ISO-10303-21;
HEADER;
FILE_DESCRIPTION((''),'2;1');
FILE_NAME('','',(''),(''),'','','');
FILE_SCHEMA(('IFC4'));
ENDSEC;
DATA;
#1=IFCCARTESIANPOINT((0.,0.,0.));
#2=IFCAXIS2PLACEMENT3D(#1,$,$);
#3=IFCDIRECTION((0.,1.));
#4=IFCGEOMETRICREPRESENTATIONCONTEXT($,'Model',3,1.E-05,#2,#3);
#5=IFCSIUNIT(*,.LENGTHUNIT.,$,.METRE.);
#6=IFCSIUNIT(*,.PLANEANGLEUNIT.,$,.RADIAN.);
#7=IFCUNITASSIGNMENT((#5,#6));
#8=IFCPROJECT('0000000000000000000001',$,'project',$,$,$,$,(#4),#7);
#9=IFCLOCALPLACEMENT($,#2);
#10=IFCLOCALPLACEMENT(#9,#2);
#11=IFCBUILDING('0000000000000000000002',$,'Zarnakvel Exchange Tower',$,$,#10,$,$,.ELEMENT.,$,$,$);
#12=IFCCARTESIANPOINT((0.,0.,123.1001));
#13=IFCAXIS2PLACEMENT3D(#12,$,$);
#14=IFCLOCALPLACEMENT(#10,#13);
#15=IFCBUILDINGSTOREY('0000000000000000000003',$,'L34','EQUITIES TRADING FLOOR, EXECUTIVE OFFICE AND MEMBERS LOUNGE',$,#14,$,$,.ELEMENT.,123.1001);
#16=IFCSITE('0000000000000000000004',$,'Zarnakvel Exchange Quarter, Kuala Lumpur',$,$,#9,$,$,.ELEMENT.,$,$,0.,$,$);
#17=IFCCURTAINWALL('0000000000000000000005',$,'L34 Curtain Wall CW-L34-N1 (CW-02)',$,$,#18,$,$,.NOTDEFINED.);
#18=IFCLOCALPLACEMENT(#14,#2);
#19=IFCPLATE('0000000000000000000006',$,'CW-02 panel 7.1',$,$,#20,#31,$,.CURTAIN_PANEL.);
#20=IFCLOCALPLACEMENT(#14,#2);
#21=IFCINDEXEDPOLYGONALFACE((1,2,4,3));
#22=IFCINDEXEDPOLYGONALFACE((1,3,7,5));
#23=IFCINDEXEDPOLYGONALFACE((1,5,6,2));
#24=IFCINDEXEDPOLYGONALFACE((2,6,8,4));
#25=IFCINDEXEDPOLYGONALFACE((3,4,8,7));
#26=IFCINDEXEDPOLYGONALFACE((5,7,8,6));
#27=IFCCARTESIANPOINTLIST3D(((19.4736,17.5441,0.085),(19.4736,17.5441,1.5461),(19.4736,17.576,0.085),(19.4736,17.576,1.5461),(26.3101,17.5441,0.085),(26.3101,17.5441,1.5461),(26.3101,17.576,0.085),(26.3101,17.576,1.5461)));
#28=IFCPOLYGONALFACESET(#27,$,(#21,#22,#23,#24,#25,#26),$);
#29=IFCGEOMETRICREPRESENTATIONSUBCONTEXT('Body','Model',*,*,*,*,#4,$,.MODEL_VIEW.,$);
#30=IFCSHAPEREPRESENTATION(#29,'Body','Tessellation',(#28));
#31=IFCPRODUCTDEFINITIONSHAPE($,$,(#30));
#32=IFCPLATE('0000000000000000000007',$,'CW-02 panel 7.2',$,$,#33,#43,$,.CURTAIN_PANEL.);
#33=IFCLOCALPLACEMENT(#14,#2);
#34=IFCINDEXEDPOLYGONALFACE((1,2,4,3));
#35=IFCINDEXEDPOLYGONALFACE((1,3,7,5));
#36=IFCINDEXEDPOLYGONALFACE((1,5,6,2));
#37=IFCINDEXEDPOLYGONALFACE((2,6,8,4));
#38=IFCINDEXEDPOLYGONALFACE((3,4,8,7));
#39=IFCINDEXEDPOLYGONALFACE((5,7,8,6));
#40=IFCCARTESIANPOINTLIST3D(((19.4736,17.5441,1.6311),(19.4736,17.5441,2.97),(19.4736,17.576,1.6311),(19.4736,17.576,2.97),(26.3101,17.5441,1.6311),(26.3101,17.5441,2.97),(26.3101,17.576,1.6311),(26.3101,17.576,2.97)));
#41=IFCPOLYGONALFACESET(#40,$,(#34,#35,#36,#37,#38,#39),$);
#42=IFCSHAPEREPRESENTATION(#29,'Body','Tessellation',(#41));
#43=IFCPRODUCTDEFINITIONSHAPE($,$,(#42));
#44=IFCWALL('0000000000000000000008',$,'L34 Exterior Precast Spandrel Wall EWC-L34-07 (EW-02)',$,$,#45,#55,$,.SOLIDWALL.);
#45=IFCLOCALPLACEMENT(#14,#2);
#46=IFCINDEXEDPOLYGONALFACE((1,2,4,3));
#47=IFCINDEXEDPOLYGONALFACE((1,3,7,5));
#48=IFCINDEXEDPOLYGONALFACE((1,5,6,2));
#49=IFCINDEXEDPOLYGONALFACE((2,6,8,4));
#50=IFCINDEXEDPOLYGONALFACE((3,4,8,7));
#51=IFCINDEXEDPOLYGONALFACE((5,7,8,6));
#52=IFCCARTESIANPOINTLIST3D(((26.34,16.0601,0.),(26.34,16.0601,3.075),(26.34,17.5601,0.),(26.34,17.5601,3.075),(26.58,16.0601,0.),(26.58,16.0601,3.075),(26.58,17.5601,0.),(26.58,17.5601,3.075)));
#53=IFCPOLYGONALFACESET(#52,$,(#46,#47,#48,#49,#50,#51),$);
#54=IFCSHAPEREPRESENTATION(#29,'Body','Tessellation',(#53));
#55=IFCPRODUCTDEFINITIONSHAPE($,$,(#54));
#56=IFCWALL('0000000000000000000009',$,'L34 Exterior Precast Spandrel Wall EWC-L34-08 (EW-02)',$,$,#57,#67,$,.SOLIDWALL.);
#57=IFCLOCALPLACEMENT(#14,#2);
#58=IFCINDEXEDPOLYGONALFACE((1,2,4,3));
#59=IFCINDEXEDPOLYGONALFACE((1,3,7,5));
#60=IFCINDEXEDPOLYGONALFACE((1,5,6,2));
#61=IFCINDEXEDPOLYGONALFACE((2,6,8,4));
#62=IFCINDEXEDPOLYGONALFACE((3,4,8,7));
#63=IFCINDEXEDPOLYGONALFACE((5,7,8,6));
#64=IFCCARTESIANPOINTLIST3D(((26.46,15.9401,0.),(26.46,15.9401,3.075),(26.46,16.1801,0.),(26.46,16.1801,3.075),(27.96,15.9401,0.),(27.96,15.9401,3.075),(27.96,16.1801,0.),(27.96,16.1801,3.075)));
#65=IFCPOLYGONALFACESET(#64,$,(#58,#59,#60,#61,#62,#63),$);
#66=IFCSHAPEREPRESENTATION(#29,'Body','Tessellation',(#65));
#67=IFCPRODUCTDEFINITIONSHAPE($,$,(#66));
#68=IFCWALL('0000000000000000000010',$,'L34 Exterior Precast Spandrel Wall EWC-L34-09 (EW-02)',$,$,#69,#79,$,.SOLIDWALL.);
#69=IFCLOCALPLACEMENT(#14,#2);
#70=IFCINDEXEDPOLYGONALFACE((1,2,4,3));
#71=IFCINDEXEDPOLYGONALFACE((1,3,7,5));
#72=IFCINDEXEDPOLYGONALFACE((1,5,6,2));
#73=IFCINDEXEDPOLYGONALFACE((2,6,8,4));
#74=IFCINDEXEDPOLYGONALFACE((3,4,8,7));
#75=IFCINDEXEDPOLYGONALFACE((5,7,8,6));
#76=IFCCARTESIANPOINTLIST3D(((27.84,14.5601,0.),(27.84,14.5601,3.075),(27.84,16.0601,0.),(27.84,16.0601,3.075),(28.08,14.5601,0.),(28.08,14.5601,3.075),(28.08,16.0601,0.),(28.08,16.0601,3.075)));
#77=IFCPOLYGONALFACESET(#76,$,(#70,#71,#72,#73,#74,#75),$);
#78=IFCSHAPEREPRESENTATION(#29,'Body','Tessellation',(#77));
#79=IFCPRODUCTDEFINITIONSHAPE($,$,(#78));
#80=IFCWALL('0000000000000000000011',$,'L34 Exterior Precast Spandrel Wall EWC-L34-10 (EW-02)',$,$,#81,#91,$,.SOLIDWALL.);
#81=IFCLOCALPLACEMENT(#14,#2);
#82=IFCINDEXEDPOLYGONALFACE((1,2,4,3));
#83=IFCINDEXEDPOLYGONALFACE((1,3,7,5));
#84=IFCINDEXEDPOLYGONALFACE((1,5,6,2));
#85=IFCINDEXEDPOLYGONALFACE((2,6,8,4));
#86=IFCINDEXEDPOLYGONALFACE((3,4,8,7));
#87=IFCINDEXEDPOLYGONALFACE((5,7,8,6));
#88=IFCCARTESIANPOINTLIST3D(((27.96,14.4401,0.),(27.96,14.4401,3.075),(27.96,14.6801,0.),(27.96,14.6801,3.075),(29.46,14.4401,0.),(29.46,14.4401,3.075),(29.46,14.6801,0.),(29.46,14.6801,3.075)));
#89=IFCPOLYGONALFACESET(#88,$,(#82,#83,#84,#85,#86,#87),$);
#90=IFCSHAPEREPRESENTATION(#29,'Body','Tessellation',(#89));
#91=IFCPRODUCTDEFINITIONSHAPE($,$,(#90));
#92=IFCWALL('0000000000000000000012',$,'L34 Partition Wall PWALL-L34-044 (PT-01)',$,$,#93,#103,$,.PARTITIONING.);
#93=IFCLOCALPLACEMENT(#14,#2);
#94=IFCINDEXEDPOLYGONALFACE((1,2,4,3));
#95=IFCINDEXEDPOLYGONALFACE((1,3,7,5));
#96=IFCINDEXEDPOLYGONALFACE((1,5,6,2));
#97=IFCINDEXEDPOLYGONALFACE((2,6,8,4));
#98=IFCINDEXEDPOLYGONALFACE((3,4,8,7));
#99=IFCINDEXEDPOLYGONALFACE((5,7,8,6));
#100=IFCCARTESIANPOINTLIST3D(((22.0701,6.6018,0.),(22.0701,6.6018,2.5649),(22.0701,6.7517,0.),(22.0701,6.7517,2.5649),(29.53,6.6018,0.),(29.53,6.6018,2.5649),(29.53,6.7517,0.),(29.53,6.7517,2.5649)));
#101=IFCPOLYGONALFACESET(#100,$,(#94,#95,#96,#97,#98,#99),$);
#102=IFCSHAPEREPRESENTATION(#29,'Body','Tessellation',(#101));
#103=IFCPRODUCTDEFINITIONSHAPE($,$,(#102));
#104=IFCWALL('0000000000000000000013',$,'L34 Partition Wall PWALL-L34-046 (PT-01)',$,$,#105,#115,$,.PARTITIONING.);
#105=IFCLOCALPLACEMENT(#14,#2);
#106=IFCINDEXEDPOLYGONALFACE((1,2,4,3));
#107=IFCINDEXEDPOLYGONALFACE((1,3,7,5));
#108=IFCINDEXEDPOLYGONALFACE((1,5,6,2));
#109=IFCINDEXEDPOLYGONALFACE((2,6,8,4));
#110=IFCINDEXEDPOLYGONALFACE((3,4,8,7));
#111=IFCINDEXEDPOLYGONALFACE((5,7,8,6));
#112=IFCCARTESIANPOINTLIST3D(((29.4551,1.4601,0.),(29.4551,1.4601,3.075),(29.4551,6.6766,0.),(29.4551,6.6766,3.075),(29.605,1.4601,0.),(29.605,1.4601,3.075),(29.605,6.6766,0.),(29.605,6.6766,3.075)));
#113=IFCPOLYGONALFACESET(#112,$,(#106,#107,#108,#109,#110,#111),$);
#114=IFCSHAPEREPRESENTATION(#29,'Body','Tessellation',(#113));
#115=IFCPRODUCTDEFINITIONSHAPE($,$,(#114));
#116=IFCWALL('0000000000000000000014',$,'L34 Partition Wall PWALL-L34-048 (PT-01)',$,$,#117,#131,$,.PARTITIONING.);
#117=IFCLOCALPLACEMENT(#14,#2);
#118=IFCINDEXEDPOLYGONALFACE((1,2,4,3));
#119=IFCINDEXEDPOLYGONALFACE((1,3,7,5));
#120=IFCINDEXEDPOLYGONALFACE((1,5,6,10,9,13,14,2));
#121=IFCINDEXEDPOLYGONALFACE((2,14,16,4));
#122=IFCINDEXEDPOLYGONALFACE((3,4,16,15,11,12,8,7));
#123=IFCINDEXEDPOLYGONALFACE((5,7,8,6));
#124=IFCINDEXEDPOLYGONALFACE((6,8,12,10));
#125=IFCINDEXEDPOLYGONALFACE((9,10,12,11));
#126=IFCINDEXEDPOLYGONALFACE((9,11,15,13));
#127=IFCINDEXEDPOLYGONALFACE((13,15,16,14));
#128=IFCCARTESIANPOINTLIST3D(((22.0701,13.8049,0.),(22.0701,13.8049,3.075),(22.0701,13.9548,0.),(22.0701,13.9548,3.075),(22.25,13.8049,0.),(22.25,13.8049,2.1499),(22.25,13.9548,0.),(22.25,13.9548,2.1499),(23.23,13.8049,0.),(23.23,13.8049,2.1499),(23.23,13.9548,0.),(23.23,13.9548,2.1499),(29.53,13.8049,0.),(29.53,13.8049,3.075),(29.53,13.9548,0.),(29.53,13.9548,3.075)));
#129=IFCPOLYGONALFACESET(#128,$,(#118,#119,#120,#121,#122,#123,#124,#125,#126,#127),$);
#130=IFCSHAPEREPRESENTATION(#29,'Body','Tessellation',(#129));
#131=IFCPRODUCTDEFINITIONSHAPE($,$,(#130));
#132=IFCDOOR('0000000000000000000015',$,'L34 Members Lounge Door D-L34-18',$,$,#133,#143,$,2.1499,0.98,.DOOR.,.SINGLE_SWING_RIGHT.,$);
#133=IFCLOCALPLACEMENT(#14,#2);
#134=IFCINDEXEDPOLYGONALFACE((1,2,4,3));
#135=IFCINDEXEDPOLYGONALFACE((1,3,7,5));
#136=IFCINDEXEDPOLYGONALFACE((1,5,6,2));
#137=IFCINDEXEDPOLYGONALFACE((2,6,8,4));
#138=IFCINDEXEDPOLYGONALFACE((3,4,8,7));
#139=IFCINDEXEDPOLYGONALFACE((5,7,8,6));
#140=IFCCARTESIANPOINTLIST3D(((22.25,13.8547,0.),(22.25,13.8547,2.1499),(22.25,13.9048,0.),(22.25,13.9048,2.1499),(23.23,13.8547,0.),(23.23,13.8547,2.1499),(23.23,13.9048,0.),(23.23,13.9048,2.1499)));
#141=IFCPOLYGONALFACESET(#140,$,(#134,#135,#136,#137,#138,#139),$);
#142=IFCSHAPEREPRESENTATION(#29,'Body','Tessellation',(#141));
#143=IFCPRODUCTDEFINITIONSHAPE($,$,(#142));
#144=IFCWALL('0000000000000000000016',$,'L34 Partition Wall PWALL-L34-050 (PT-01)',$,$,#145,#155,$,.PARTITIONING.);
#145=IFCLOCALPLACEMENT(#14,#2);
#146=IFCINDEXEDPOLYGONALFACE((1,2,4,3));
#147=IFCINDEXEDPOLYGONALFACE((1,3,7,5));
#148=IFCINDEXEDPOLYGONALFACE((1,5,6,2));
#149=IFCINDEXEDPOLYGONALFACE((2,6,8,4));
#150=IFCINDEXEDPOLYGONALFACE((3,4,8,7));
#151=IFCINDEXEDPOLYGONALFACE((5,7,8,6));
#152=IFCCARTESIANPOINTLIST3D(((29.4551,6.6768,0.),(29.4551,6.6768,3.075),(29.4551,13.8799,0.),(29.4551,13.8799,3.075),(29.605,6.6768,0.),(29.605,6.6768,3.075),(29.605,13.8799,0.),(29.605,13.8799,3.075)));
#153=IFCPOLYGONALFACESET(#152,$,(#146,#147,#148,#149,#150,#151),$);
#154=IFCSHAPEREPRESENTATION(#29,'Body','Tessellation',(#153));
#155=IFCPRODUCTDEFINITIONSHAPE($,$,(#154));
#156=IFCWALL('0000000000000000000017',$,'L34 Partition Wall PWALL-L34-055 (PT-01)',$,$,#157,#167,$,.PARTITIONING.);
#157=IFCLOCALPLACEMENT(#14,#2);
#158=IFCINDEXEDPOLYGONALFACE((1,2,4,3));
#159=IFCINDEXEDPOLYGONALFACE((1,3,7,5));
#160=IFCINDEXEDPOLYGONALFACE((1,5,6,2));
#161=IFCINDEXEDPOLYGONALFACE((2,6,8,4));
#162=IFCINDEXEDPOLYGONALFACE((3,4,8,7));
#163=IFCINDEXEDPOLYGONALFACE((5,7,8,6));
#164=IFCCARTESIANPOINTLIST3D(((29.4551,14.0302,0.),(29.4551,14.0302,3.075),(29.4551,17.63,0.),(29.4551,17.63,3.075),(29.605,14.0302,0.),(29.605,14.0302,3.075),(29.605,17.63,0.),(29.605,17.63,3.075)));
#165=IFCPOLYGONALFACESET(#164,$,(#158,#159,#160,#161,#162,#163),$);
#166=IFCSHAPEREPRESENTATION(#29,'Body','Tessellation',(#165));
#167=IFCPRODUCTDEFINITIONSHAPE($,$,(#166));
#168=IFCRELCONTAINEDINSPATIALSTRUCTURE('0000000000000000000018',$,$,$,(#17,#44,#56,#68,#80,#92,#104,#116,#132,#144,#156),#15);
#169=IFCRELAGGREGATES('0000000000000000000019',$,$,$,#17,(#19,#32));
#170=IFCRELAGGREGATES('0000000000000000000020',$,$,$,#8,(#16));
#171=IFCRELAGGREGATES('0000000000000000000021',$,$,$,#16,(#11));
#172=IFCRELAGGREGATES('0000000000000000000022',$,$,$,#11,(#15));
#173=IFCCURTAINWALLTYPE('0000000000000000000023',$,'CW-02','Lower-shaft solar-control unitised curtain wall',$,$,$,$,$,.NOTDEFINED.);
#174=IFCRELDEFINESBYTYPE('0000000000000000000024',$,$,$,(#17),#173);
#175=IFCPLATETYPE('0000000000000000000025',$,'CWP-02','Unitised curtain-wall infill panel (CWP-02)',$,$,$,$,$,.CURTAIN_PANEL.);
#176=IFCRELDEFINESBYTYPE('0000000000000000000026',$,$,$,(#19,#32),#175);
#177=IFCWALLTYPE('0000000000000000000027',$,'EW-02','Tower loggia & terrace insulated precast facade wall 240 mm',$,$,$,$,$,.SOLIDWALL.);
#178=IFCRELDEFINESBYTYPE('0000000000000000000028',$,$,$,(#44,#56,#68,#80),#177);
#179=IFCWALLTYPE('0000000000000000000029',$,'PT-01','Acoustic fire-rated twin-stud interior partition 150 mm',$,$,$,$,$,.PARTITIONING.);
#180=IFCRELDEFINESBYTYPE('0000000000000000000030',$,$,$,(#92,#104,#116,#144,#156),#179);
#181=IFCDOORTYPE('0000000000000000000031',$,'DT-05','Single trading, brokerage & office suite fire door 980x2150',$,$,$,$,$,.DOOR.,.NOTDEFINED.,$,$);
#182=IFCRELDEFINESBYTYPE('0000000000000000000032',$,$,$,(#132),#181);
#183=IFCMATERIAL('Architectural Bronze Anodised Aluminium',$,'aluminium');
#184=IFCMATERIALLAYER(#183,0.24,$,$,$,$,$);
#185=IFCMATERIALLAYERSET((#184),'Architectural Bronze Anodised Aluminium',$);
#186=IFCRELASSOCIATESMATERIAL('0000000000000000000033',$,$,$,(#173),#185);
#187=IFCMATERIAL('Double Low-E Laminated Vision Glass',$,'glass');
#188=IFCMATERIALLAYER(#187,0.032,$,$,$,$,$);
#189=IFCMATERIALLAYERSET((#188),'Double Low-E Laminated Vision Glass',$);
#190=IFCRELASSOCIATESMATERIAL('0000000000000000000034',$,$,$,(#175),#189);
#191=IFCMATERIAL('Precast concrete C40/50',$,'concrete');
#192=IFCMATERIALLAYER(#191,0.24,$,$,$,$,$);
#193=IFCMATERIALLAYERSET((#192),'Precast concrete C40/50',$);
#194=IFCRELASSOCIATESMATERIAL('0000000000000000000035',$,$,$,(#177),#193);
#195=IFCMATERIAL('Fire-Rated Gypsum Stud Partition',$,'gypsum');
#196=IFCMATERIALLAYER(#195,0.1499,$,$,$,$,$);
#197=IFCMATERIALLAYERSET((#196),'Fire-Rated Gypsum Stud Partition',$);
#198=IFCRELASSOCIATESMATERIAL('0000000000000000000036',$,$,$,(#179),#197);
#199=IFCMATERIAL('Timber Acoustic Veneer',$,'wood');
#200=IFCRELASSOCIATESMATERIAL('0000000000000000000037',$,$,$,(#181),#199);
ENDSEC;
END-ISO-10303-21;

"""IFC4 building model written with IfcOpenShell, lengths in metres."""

from ifc_helpers import new_model, si_unit, direction, frame, frame_2d, origin, origin_2d, place, context, subcontext, project, spatial, rectangle, extrude, source, transform, mapped, material, layer, layer_set, type_object, element, fill, aggregate, save


model = new_model("IFC4")

# Units and contexts
model_context = context("Model", 3, precision=1e-05, world=origin(), true_north=direction((0.0, 1.0)))
body_context = subcontext(model_context, "Body", "Model", "MODEL_VIEW")
ifc_project = project(units=[si_unit("LENGTHUNIT", "METRE"), si_unit("PLANEANGLEUNIT", "RADIAN")], contexts=[model_context])

# Site, building, storey
site_placement = place(None, origin())
site = spatial("IfcSite", under=ifc_project, at=site_placement, Name="Zarnakvel Exchange Quarter, Kuala Lumpur", CompositionType="ELEMENT", RefElevation=0.0)
building_placement = place(site_placement, origin())
building = spatial("IfcBuilding", under=site, at=building_placement, Name="Zarnakvel Exchange Tower", CompositionType="ELEMENT")
storey_placement = place(building_placement, frame((0.0, 0.0, 123.1001)))
storey = spatial("IfcBuildingStorey", under=building, at=storey_placement, Name="L34", Description="EQUITIES TRADING FLOOR, EXECUTIVE OFFICE AND MEMBERS LOUNGE", CompositionType="ELEMENT", Elevation=123.1001)

# Curtain wall
ifc_material_1 = material(Name="Architectural Bronze Anodised Aluminium", Category="aluminium")
ifc_layer_1 = layer(ifc_material_1, 0.24)
ifc_layer_set_1 = layer_set([ifc_layer_1], Name="Architectural Bronze Anodised Aluminium")
curtain_wall_type_1 = type_object("IfcCurtainWallType", Name="CW-02", Description="Lower-shaft solar-control unitised curtain wall", PredefinedType="NOTDEFINED", material=ifc_layer_set_1)
curtain_wall_1_placement = place(storey_placement, origin())
curtain_wall_1 = element("IfcCurtainWall", 1, at=curtain_wall_1_placement, inside=storey, type_object=curtain_wall_type_1, Name="L34 Curtain Wall CW-L34-N1 (CW-02)", PredefinedType="NOTDEFINED")

# Shared definitions
ifc_material_2 = material(Name="Double Low-E Laminated Vision Glass", Category="glass")

# Plates
ifc_layer_2 = layer(ifc_material_2, 0.032)
ifc_layer_set_2 = layer_set([ifc_layer_2], Name="Double Low-E Laminated Vision Glass")
plate_type_1 = type_object("IfcPlateType", Name="CWP-02", Description="Unitised curtain-wall infill panel (CWP-02)", PredefinedType="CURTAIN_PANEL", material=ifc_layer_set_2)
shared_shape_1 = source(origin(), body_context, "Body", "SweptSolid", [
    extrude(rectangle(XDim=6.8364, YDim=0.032, at=origin_2d()), origin(), (0.0, 0.0, 1.0), 1.4612),
])
plate_1_placement = place(storey_placement, frame((22.8918, 17.5601, 0.085), z_axis=(0.0, 0.0, 1.0), x_axis=(1.0, 0.0, 0.0)))
plate_1 = element("IfcPlate", 2, at=plate_1_placement, type_object=plate_type_1, Name="CW-02 panel 7.1", PredefinedType="CURTAIN_PANEL", context=body_context, shape_type="MappedRepresentation", body=[
    mapped(shared_shape_1, transform((0.0, 0.0, 0.0), x_axis=(1.0, 0.0, 0.0), y_axis=(0.0, 1.0, 0.0), z_axis=(0.0, 0.0, 1.0), scale=1.0)),
])
shared_shape_2 = source(origin(), body_context, "Body", "SweptSolid", [
    extrude(rectangle(XDim=6.8364, YDim=0.032, at=origin_2d()), origin(), (0.0, 0.0, 1.0), 1.3389),
])
plate_2_placement = place(storey_placement, frame((22.8918, 17.5601, 1.6311), z_axis=(0.0, 0.0, 1.0), x_axis=(1.0, 0.0, 0.0)))
plate_2 = element("IfcPlate", 3, at=plate_2_placement, type_object=plate_type_1, Name="CW-02 panel 7.2", PredefinedType="CURTAIN_PANEL", context=body_context, shape_type="MappedRepresentation", body=[
    mapped(shared_shape_2, transform((0.0, 0.0, 0.0), x_axis=(1.0, 0.0, 0.0), y_axis=(0.0, 1.0, 0.0), z_axis=(0.0, 0.0, 1.0), scale=1.0)),
])
aggregate(curtain_wall_1, [plate_1, plate_2])

# Walls
ifc_material_3 = material(Name="Precast concrete C40/50", Category="concrete")
ifc_layer_3 = layer(ifc_material_3, 0.24)
ifc_layer_set_3 = layer_set([ifc_layer_3], Name="Precast concrete C40/50")
wall_type_1 = type_object("IfcWallType", Name="EW-02", Description="Tower loggia & terrace insulated precast facade wall 240 mm", PredefinedType="SOLIDWALL", material=ifc_layer_set_3)
for number, where, z_axis, x_axis, name in (
    (4, (26.46, 16.0601, 0.0), (0.0, 0.0, 1.0), (0.0, 1.0, 0.0), "L34 Exterior Precast Spandrel Wall EWC-L34-07 (EW-02)"),
    (5, (27.96, 16.0601, 0.0), (0.0, 0.0, 1.0), (-1.0, 0.0, 0.0), "L34 Exterior Precast Spandrel Wall EWC-L34-08 (EW-02)"),
    (6, (27.96, 14.5601, 0.0), (0.0, 0.0, 1.0), (0.0, 1.0, 0.0), "L34 Exterior Precast Spandrel Wall EWC-L34-09 (EW-02)"),
    (7, (29.46, 14.5601, 0.0), (0.0, 0.0, 1.0), (-1.0, 0.0, 0.0), "L34 Exterior Precast Spandrel Wall EWC-L34-10 (EW-02)"),
):
    element("IfcWall", number, at=place(storey_placement, frame(where, z_axis=z_axis, x_axis=x_axis)), inside=storey, type_object=wall_type_1, Name=name, PredefinedType="SOLIDWALL", context=body_context, shape_type="SweptSolid", body=[
        extrude(rectangle(XDim=1.5, YDim=0.24, at=frame_2d((0.75, 0.0))), origin(), (0.0, 0.0, 1.0), 3.075),
    ])
ifc_material_4 = material(Name="Fire-Rated Gypsum Stud Partition", Category="gypsum")
ifc_layer_4 = layer(ifc_material_4, 0.1499)
ifc_layer_set_4 = layer_set([ifc_layer_4], Name="Fire-Rated Gypsum Stud Partition")
wall_type_2 = type_object("IfcWallType", Name="PT-01", Description="Acoustic fire-rated twin-stud interior partition 150 mm", PredefinedType="PARTITIONING", material=ifc_layer_set_4)
wall_1_placement = place(storey_placement, frame((22.0701, 6.6768, 0.0), z_axis=(0.0, 0.0, 1.0), x_axis=(1.0, 0.0, 0.0)))
element("IfcWall", 8, at=wall_1_placement, inside=storey, type_object=wall_type_2, Name="L34 Partition Wall PWALL-L34-044 (PT-01)", PredefinedType="PARTITIONING", context=body_context, shape_type="SweptSolid", body=[
    extrude(rectangle(XDim=7.46, YDim=0.1499, at=frame_2d((3.73, 0.0))), origin(), (0.0, 0.0, 1.0), 2.5649),
])
wall_2_placement = place(storey_placement, frame((29.53, 6.6768, 0.0), z_axis=(0.0, 0.0, 1.0), x_axis=(0.0, -1.0, 0.0)))
element("IfcWall", 9, at=wall_2_placement, inside=storey, type_object=wall_type_2, Name="L34 Partition Wall PWALL-L34-046 (PT-01)", PredefinedType="PARTITIONING", context=body_context, shape_type="SweptSolid", body=[
    extrude(rectangle(XDim=5.2166, YDim=0.1499, at=frame_2d((2.6084, 0.0))), origin(), (0.0, 0.0, 1.0), 3.075),
])

# Wall, opening, door
wall_3_placement = place(storey_placement, frame((22.0701, 13.8799, 0.0), z_axis=(0.0, 0.0, 1.0), x_axis=(1.0, 0.0, 0.0)))
wall_3 = element("IfcWall", 10, at=wall_3_placement, inside=storey, type_object=wall_type_2, Name="L34 Partition Wall PWALL-L34-048 (PT-01)", PredefinedType="PARTITIONING", context=body_context, shape_type="SweptSolid", body=[
    extrude(rectangle(XDim=7.46, YDim=0.1499, at=frame_2d((3.73, 0.0))), origin(), (0.0, 0.0, 1.0), 3.075),
])
opening_placement = place(wall_3_placement, frame((0.1799, 0.0, 0.0)))
opening = element("IfcOpeningElement", 11, at=opening_placement, cuts=wall_3, PredefinedType="OPENING", context=body_context, shape_type="SweptSolid", body=[
    extrude(rectangle(XDim=0.98, YDim=2.1499, at=frame_2d((0.49, 1.075))), frame((0.0, 0.085, 0.0), z_axis=(0.0, -1.0, 0.0), x_axis=(1.0, 0.0, 0.0)), (0.0, 0.0, 1.0), 0.1699),
])
ifc_material_5 = material(Name="Timber Acoustic Veneer", Category="wood")
door_type = type_object("IfcDoorType", Name="DT-05", Description="Single trading, brokerage & office suite fire door 980x2150", OperationType="NOTDEFINED", PredefinedType="DOOR", material=ifc_material_5)
shared_shape_3 = source(origin(), body_context, "Body", "SweptSolid", [
    extrude(rectangle(XDim=0.98, YDim=2.1499, at=frame_2d((0.49, 1.075))), frame((0.0, 0.0249, 0.0), z_axis=(0.0, -1.0, 0.0), x_axis=(1.0, 0.0, 0.0)), (0.0, 0.0, 1.0), 0.05),
])
door_placement = place(opening_placement, origin())
door = element("IfcDoor", 12, at=door_placement, inside=storey, type_object=door_type, Name="L34 Members Lounge Door D-L34-18", OperationType="SINGLE_SWING_RIGHT", OverallHeight=2.1499, OverallWidth=0.98, PredefinedType="DOOR", context=body_context, shape_type="MappedRepresentation", body=[
    mapped(shared_shape_3, transform((0.0, 0.0, 0.0), x_axis=(1.0, 0.0, 0.0), y_axis=(0.0, 1.0, 0.0), z_axis=(0.0, 0.0, 1.0), scale=1.0)),
])
fill(opening, door)

# Walls
wall_4_placement = place(storey_placement, frame((29.53, 13.8799, 0.0), z_axis=(0.0, 0.0, 1.0), x_axis=(0.0, -1.0, 0.0)))
element("IfcWall", 13, at=wall_4_placement, inside=storey, type_object=wall_type_2, Name="L34 Partition Wall PWALL-L34-050 (PT-01)", PredefinedType="PARTITIONING", context=body_context, shape_type="SweptSolid", body=[
    extrude(rectangle(XDim=7.2031, YDim=0.1499, at=frame_2d((3.6016, 0.0))), origin(), (0.0, 0.0, 1.0), 3.075),
])
wall_5_placement = place(storey_placement, frame((29.53, 17.6299, 0.0), z_axis=(0.0, 0.0, 1.0), x_axis=(0.0, -1.0, 0.0)))
element("IfcWall", 14, at=wall_5_placement, inside=storey, type_object=wall_type_2, Name="L34 Partition Wall PWALL-L34-055 (PT-01)", PredefinedType="PARTITIONING", context=body_context, shape_type="SweptSolid", body=[
    extrude(rectangle(XDim=3.5999, YDim=0.1499, at=frame_2d((1.7998, 0.0))), origin(), (0.0, 0.0, 1.0), 3.075),
])

save(model, "model.ifc")
